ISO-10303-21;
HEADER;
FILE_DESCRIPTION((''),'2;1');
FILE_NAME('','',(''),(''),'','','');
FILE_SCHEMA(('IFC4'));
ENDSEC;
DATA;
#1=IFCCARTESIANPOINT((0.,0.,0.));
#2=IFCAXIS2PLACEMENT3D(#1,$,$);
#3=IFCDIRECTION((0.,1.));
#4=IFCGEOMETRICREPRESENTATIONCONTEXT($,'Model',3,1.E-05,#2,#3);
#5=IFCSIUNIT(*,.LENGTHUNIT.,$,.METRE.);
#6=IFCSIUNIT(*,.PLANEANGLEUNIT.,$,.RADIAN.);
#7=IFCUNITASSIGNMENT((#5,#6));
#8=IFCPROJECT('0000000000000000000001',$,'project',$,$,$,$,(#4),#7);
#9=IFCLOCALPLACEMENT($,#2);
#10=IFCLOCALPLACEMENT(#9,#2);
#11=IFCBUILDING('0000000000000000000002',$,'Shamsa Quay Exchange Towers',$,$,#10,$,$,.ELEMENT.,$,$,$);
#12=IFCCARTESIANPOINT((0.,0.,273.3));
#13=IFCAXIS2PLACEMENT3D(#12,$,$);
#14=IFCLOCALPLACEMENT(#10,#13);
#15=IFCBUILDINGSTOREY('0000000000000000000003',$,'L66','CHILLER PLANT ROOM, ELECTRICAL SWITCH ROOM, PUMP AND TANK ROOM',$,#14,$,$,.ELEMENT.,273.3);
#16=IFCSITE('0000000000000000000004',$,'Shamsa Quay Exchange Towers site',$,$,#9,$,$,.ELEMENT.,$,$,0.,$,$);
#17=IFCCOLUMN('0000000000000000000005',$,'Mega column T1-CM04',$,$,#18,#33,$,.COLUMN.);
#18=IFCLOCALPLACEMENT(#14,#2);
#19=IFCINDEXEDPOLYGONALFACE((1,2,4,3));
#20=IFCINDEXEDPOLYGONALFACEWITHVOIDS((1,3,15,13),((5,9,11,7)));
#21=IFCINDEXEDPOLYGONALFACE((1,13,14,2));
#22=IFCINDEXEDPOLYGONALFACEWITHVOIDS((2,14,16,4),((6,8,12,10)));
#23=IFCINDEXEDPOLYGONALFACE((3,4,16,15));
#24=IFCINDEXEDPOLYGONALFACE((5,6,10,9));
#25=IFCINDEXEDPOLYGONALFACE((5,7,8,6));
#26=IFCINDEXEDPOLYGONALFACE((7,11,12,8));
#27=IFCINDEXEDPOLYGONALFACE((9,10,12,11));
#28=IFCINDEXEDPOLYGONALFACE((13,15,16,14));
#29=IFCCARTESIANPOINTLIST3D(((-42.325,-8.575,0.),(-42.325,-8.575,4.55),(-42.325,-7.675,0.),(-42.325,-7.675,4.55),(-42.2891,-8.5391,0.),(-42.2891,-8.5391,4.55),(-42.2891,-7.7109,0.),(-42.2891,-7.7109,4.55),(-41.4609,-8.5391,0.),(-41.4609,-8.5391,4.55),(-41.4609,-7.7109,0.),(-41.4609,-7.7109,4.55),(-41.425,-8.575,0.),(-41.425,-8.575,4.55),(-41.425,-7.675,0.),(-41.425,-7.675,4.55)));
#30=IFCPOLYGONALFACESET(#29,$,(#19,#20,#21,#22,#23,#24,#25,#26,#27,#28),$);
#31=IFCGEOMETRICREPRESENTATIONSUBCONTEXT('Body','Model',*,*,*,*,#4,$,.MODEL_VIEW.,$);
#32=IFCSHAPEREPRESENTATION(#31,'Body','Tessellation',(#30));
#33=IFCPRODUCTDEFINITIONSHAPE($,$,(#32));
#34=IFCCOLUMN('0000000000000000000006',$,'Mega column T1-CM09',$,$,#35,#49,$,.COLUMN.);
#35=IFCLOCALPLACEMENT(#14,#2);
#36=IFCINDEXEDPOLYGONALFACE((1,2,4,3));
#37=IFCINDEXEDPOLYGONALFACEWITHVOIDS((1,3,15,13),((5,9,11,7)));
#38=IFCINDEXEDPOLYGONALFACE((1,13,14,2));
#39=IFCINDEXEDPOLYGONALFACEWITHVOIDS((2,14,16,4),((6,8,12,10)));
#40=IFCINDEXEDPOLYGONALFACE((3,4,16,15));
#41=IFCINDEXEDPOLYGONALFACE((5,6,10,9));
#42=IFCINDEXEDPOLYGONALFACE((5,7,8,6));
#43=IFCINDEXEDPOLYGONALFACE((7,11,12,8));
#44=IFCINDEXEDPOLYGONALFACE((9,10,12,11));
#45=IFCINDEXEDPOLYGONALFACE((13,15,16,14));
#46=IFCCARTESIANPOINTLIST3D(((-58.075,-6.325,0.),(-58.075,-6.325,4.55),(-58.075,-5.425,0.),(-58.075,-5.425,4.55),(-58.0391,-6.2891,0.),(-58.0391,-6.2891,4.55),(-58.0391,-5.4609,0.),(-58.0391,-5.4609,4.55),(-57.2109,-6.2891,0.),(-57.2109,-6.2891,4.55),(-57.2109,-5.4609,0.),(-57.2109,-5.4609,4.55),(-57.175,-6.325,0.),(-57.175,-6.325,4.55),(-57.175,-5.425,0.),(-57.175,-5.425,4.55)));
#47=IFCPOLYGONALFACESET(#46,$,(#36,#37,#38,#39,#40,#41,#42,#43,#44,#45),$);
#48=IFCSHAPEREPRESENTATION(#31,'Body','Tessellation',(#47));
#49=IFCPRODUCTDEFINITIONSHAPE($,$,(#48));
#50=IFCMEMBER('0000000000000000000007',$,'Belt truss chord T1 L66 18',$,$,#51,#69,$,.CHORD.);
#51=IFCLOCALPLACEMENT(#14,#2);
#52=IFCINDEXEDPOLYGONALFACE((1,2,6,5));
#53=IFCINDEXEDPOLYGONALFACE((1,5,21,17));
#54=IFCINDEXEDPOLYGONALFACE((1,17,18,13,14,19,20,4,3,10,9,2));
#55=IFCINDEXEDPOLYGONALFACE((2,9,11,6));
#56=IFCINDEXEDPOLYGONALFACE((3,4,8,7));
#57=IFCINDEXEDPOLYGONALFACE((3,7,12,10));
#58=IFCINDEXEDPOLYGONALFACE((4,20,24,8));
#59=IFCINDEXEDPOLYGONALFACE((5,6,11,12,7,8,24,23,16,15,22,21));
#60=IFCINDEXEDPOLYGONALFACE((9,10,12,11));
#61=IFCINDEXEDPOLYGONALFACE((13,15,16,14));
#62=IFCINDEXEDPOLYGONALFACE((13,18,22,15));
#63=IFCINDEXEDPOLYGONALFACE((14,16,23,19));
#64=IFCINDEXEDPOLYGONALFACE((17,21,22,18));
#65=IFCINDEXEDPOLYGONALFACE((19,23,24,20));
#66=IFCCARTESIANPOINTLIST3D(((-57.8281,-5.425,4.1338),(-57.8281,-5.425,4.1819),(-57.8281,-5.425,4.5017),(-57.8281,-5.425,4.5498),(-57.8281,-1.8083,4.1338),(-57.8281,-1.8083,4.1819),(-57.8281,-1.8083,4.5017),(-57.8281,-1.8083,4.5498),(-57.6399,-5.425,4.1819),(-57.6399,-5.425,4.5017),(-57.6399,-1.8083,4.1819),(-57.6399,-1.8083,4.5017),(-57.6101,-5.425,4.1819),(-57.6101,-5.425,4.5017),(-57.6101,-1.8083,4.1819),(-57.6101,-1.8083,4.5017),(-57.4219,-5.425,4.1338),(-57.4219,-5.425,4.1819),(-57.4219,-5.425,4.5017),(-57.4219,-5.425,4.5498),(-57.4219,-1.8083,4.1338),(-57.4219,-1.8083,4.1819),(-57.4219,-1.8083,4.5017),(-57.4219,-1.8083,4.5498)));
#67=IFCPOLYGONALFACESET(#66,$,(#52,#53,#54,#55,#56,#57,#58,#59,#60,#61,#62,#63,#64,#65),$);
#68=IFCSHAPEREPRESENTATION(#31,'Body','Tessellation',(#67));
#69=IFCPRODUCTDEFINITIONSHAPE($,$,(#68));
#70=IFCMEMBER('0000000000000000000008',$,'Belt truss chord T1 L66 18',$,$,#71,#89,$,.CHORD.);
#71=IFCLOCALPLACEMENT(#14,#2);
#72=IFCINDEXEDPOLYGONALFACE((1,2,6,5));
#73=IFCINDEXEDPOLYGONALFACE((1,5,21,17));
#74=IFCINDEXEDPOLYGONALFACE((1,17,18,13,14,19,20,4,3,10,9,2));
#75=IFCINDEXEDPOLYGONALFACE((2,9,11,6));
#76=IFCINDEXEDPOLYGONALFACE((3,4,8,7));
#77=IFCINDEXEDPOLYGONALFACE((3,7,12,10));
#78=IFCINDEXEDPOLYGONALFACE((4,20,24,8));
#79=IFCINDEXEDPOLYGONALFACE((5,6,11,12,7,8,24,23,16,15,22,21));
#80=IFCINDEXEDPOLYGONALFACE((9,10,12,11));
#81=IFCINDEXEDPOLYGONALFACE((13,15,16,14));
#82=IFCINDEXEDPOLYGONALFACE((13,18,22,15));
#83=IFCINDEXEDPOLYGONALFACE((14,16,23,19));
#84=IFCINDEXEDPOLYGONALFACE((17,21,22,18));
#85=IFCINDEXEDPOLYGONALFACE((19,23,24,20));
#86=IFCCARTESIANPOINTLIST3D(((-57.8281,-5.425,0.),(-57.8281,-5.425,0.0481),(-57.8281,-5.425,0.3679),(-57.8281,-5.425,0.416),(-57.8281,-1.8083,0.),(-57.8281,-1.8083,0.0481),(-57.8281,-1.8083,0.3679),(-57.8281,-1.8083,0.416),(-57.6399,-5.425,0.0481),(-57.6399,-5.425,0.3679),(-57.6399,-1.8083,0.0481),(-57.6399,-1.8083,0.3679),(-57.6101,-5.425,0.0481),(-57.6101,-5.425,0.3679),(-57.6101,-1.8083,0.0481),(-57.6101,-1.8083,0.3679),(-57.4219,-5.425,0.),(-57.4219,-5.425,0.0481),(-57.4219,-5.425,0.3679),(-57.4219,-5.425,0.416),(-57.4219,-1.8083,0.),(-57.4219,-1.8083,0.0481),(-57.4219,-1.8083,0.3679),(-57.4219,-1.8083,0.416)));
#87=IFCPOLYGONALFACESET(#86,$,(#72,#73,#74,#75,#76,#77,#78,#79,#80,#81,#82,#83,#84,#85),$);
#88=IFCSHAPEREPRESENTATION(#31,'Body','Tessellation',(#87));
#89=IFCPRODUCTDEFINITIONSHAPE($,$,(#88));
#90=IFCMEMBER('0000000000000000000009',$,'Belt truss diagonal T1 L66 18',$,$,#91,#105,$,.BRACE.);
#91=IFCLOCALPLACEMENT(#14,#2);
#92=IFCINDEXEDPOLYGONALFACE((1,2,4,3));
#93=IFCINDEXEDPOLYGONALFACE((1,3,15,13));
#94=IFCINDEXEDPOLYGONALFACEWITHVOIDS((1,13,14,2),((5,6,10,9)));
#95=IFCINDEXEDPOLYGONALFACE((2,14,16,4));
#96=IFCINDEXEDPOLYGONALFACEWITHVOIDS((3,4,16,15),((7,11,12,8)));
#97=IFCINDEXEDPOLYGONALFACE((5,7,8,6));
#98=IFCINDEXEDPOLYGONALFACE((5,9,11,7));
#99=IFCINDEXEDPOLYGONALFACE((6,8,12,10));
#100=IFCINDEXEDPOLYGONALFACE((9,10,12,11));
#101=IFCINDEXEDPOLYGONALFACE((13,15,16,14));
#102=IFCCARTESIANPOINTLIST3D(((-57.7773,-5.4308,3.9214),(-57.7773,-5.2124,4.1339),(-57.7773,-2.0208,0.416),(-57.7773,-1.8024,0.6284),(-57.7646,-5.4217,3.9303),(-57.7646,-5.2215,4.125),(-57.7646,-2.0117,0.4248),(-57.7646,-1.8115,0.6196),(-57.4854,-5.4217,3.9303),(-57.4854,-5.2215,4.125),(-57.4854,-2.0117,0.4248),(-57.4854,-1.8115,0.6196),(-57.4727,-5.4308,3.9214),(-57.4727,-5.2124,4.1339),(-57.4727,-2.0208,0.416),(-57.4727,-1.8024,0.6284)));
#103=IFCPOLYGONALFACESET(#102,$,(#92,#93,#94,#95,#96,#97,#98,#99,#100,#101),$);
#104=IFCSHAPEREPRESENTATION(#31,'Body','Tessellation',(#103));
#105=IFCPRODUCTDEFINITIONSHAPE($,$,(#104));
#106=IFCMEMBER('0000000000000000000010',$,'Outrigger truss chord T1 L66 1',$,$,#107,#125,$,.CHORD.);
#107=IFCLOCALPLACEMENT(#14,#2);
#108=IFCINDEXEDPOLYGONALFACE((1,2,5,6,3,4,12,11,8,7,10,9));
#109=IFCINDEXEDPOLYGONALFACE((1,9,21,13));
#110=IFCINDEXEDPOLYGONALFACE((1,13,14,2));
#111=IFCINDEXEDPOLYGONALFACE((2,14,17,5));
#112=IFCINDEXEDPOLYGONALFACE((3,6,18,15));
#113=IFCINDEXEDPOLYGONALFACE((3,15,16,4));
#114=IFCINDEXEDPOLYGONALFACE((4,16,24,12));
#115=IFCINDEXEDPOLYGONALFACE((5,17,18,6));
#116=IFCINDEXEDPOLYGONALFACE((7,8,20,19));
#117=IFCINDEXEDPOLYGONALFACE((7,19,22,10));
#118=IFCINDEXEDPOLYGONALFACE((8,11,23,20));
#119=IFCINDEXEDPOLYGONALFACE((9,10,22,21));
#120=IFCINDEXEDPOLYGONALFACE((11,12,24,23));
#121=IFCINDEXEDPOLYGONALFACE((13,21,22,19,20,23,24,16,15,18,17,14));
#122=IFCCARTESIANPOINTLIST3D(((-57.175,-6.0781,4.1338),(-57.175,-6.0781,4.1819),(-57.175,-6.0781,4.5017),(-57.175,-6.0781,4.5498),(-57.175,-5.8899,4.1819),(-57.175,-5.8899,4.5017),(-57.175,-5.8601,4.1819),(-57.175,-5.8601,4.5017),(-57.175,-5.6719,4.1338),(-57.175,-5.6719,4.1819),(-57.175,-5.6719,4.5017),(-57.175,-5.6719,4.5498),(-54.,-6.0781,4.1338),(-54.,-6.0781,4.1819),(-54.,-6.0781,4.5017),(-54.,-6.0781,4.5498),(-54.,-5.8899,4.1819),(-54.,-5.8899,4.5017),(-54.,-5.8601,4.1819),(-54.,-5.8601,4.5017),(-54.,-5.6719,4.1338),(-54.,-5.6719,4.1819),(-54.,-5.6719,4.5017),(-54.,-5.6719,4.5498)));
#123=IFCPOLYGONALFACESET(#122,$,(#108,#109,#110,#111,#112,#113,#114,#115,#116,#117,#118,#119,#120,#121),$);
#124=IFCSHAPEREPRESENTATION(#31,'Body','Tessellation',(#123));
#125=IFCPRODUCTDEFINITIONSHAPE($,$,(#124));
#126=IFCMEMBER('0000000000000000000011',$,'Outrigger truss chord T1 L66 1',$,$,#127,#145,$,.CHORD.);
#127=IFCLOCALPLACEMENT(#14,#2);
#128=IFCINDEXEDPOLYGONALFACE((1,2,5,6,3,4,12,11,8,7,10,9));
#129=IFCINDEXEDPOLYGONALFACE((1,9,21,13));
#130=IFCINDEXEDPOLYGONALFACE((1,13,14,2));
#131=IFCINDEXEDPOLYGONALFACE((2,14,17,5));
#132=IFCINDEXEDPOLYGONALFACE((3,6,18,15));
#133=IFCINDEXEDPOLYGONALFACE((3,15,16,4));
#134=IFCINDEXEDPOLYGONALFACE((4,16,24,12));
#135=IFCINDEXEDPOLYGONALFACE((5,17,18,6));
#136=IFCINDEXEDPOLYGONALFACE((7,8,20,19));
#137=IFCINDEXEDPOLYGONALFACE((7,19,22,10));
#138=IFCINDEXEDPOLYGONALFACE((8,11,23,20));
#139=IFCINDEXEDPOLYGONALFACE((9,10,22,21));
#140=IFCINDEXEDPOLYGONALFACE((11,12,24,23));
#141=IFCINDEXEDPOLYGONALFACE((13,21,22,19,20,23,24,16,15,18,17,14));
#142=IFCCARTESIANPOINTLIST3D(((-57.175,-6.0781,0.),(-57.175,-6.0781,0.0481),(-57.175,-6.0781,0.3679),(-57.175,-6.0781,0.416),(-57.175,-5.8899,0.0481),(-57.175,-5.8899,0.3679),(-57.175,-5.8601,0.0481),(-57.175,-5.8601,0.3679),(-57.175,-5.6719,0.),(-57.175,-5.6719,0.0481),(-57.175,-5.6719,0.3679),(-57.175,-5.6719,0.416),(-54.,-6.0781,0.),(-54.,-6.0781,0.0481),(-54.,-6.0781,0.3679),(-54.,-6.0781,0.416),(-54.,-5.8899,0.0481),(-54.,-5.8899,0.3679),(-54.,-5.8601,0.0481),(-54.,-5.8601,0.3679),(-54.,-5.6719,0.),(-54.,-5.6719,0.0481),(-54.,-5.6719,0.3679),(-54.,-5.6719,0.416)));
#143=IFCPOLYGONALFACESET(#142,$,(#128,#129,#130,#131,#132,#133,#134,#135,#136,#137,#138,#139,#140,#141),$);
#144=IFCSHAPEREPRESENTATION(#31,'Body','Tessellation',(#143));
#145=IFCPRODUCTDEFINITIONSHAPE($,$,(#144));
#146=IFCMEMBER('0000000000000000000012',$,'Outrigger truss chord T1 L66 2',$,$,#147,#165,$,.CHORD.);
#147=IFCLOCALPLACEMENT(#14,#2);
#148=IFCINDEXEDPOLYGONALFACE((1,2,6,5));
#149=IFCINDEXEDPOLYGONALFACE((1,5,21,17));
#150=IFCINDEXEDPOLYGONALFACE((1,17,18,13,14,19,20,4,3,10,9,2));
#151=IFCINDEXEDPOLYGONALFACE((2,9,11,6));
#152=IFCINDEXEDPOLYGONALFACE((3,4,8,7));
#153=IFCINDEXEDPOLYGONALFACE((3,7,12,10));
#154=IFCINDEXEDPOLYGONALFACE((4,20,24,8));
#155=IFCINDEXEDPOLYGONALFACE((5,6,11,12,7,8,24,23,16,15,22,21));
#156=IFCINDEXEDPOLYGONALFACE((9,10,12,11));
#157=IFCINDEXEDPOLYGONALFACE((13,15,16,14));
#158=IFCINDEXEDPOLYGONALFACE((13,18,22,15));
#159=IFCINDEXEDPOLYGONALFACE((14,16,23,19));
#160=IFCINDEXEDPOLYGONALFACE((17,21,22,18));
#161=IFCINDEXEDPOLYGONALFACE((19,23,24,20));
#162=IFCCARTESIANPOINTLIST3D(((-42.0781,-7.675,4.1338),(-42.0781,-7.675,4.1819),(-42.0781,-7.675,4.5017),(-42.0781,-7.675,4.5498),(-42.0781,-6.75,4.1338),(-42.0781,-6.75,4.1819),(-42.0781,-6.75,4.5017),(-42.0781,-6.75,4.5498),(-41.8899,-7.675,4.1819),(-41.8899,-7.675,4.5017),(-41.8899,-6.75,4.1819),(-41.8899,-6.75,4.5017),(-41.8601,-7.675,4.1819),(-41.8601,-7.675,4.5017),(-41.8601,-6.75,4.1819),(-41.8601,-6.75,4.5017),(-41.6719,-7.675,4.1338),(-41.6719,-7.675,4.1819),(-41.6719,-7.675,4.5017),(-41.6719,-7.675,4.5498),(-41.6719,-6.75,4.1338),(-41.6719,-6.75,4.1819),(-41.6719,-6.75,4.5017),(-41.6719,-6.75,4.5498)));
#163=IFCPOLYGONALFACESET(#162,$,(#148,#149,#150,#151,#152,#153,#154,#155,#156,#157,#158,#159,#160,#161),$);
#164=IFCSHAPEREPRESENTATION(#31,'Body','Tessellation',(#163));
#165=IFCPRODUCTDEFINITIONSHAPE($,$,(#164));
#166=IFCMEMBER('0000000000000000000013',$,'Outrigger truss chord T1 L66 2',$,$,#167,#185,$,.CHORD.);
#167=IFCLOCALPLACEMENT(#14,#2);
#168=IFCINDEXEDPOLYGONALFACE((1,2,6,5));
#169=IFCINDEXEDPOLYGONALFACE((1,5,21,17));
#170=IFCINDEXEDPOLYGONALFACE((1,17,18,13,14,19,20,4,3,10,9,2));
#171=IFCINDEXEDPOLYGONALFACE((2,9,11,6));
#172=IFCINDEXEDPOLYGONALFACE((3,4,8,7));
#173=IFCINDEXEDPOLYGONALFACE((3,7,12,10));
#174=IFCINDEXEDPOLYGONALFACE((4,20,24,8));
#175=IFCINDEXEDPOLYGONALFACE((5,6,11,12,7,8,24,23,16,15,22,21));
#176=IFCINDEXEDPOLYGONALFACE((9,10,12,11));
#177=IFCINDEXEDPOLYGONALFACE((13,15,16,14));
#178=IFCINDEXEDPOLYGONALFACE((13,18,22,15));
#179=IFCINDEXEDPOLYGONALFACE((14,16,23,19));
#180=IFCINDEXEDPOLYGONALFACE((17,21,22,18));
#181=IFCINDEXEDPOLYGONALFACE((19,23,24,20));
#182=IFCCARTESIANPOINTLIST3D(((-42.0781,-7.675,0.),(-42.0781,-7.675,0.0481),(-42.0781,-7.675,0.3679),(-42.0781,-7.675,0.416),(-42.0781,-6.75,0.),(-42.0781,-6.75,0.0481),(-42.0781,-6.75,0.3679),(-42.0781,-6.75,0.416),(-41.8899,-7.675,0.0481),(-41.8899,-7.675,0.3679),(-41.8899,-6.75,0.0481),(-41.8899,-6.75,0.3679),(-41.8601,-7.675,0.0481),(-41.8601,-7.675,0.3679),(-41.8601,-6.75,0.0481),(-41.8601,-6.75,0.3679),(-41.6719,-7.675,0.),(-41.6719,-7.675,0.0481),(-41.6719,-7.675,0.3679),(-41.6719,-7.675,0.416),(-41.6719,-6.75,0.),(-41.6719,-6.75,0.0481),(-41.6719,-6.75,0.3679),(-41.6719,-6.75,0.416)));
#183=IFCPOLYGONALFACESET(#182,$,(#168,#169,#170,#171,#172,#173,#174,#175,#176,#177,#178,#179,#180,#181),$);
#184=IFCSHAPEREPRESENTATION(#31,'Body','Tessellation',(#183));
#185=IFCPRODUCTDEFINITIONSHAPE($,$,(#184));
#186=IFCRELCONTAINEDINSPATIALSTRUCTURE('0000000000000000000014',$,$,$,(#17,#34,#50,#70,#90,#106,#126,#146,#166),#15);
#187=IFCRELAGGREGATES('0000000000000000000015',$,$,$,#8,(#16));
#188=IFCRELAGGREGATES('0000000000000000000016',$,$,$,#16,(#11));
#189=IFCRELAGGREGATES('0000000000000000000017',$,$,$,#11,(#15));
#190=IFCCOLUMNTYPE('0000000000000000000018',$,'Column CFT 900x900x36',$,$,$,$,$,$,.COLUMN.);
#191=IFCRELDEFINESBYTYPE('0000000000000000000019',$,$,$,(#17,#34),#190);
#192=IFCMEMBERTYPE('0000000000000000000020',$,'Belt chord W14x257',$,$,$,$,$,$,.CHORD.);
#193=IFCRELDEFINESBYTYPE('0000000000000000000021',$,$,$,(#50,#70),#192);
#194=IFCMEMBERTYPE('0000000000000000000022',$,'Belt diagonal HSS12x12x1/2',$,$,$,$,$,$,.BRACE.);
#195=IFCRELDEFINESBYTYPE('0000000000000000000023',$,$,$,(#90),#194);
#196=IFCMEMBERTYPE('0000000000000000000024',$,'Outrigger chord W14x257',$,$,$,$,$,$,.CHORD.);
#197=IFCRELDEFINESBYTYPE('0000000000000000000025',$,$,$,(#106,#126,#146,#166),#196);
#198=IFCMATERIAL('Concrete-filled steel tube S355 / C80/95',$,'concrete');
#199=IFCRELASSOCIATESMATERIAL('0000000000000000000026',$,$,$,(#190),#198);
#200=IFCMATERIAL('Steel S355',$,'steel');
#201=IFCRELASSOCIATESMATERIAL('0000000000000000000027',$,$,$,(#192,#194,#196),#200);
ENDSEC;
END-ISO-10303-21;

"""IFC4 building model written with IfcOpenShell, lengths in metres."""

from ifc_helpers import new_model, si_unit, direction, frame, origin, origin_2d, place, context, subcontext, project, spatial, hollow_rectangle, i_section, extrude, material, material_profile, profile_set, type_object, element, save


model = new_model("IFC4")

# Units and contexts
model_context = context("Model", 3, precision=1e-05, world=origin(), true_north=direction((0.0, 1.0)))
body_context = subcontext(model_context, "Body", "Model", "MODEL_VIEW")
ifc_project = project(units=[si_unit("LENGTHUNIT", "METRE"), si_unit("PLANEANGLEUNIT", "RADIAN")], contexts=[model_context])

# Site, building, storey
site_placement = place(None, origin())
site = spatial("IfcSite", under=ifc_project, at=site_placement, Name="Shamsa Quay Exchange Towers site", CompositionType="ELEMENT", RefElevation=0.0)
building_placement = place(site_placement, origin())
building = spatial("IfcBuilding", under=site, at=building_placement, Name="Shamsa Quay Exchange Towers", CompositionType="ELEMENT")
storey_placement = place(building_placement, frame((0.0, 0.0, 273.3)))
storey = spatial("IfcBuildingStorey", under=building, at=storey_placement, Name="L66", Description="CHILLER PLANT ROOM, ELECTRICAL SWITCH ROOM, PUMP AND TANK ROOM", CompositionType="ELEMENT", Elevation=273.3)

# Columns
ifc_material_1 = material(Name="Concrete-filled steel tube S355 / C80/95", Category="concrete")
ifc_material_profile_1 = material_profile(ifc_material_1, hollow_rectangle(XDim=0.8999, YDim=0.8999, WallThickness=0.0359, at=origin_2d()), Name="CFT 900x900x36")
ifc_profile_set_1 = profile_set([ifc_material_profile_1], Name="Concrete-filled steel tube S355 / C80/95")
column_type = type_object("IfcColumnType", Name="Column CFT 900x900x36", PredefinedType="COLUMN", material=ifc_profile_set_1)
for number, where, name in (
    (1, (-41.875, -8.125, 0.0), "Mega column T1-CM04"),
    (2, (-57.625, -5.875, 0.0), "Mega column T1-CM09"),
):
    element("IfcColumn", number, at=place(storey_placement, frame(where)), inside=storey, type_object=column_type, Name=name, PredefinedType="COLUMN", context=body_context, shape_type="SweptSolid", body=[
        extrude(hollow_rectangle(XDim=0.8999, YDim=0.8999, WallThickness=0.0359, at=origin_2d()), origin(), (0.0, 0.0, 1.0), 4.55),
    ])

# Members
ifc_material_2 = material(Name="Steel S355", Category="steel")
ifc_material_profile_2 = material_profile(ifc_material_2, i_section(OverallWidth=0.4062, OverallDepth=0.416, WebThickness=0.0298, FlangeThickness=0.0481, at=origin_2d()), Name="W14x257")
ifc_profile_set_2 = profile_set([ifc_material_profile_2], Name="Steel S355")
member_type_1 = type_object("IfcMemberType", Name="Belt chord W14x257", PredefinedType="CHORD", material=ifc_profile_set_2)
for number, where, z_axis, x_axis, name in (
    (3, (-57.625, -1.8083, 4.3418), (0.0, -1.0, 0.0), (1.0, 0.0, 0.0), "Belt truss chord T1 L66 18"),
    (4, (-57.625, -1.8083, 0.208), (0.0, -1.0, 0.0), (1.0, 0.0, 0.0), "Belt truss chord T1 L66 18"),
):
    element("IfcMember", number, at=place(storey_placement, frame(where, z_axis=z_axis, x_axis=x_axis)), inside=storey, type_object=member_type_1, Name=name, PredefinedType="CHORD", context=body_context, shape_type="SweptSolid", body=[
        extrude(i_section(OverallWidth=0.4062, OverallDepth=0.416, WebThickness=0.0298, FlangeThickness=0.0481, at=origin_2d()), origin(), (0.0, 0.0, 1.0), 3.6167),
    ])
ifc_material_profile_3 = material_profile(ifc_material_2, hollow_rectangle(XDim=0.3047, YDim=0.3047, WallThickness=0.0127, at=origin_2d()), Name="HSS12x12x1/2")
ifc_profile_set_3 = profile_set([ifc_material_profile_3], Name="Steel S355")
member_type_2 = type_object("IfcMemberType", Name="Belt diagonal HSS12x12x1/2", PredefinedType="BRACE", material=ifc_profile_set_3)
member_1_placement = place(storey_placement, frame((-57.625, -1.9116, 0.5222), z_axis=(0.0, -0.697279, 0.716799), x_axis=(1.0, 0.0, 0.0)))
element("IfcMember", 5, at=member_1_placement, inside=storey, type_object=member_type_2, Name="Belt truss diagonal T1 L66 18", PredefinedType="BRACE", context=body_context, shape_type="SweptSolid", body=[
    extrude(hollow_rectangle(XDim=0.3047, YDim=0.3047, WallThickness=0.0127, at=origin_2d()), origin(), (0.0, 0.0, 1.0), 4.8904),
])
ifc_material_profile_4 = material_profile(ifc_material_2, i_section(OverallWidth=0.4062, OverallDepth=0.416, WebThickness=0.0298, FlangeThickness=0.0481, at=origin_2d()), Name="W14x257")
ifc_profile_set_4 = profile_set([ifc_material_profile_4], Name="Steel S355")
member_type_3 = type_object("IfcMemberType", Name="Outrigger chord W14x257", PredefinedType="CHORD", material=ifc_profile_set_4)
for number, where, z_axis, x_axis, name in (
    (6, (-57.175, -5.875, 4.3418), (1.0, 0.0, 0.0), (0.0, 1.0, 0.0), "Outrigger truss chord T1 L66 1"),
    (7, (-57.175, -5.875, 0.208), (1.0, 0.0, 0.0), (0.0, 1.0, 0.0), "Outrigger truss chord T1 L66 1"),
):
    element("IfcMember", number, at=place(storey_placement, frame(where, z_axis=z_axis, x_axis=x_axis)), inside=storey, type_object=member_type_3, Name=name, PredefinedType="CHORD", context=body_context, shape_type="SweptSolid", body=[
        extrude(i_section(OverallWidth=0.4062, OverallDepth=0.416, WebThickness=0.0298, FlangeThickness=0.0481, at=origin_2d()), origin(), (0.0, 0.0, 1.0), 3.175),
    ])
for number, where, z_axis, x_axis, name in (
    (8, (-41.875, -7.675, 4.3418), (0.0, 1.0, 0.0), (-1.0, 0.0, 0.0), "Outrigger truss chord T1 L66 2"),
    (9, (-41.875, -7.675, 0.208), (0.0, 1.0, 0.0), (-1.0, 0.0, 0.0), "Outrigger truss chord T1 L66 2"),
):
    element("IfcMember", number, at=place(storey_placement, frame(where, z_axis=z_axis, x_axis=x_axis)), inside=storey, type_object=member_type_3, Name=name, PredefinedType="CHORD", context=body_context, shape_type="SweptSolid", body=[
        extrude(i_section(OverallWidth=0.4062, OverallDepth=0.416, WebThickness=0.0298, FlangeThickness=0.0481, at=origin_2d()), origin(), (0.0, 0.0, 1.0), 0.925),
    ])

save(model, "model.ifc")
